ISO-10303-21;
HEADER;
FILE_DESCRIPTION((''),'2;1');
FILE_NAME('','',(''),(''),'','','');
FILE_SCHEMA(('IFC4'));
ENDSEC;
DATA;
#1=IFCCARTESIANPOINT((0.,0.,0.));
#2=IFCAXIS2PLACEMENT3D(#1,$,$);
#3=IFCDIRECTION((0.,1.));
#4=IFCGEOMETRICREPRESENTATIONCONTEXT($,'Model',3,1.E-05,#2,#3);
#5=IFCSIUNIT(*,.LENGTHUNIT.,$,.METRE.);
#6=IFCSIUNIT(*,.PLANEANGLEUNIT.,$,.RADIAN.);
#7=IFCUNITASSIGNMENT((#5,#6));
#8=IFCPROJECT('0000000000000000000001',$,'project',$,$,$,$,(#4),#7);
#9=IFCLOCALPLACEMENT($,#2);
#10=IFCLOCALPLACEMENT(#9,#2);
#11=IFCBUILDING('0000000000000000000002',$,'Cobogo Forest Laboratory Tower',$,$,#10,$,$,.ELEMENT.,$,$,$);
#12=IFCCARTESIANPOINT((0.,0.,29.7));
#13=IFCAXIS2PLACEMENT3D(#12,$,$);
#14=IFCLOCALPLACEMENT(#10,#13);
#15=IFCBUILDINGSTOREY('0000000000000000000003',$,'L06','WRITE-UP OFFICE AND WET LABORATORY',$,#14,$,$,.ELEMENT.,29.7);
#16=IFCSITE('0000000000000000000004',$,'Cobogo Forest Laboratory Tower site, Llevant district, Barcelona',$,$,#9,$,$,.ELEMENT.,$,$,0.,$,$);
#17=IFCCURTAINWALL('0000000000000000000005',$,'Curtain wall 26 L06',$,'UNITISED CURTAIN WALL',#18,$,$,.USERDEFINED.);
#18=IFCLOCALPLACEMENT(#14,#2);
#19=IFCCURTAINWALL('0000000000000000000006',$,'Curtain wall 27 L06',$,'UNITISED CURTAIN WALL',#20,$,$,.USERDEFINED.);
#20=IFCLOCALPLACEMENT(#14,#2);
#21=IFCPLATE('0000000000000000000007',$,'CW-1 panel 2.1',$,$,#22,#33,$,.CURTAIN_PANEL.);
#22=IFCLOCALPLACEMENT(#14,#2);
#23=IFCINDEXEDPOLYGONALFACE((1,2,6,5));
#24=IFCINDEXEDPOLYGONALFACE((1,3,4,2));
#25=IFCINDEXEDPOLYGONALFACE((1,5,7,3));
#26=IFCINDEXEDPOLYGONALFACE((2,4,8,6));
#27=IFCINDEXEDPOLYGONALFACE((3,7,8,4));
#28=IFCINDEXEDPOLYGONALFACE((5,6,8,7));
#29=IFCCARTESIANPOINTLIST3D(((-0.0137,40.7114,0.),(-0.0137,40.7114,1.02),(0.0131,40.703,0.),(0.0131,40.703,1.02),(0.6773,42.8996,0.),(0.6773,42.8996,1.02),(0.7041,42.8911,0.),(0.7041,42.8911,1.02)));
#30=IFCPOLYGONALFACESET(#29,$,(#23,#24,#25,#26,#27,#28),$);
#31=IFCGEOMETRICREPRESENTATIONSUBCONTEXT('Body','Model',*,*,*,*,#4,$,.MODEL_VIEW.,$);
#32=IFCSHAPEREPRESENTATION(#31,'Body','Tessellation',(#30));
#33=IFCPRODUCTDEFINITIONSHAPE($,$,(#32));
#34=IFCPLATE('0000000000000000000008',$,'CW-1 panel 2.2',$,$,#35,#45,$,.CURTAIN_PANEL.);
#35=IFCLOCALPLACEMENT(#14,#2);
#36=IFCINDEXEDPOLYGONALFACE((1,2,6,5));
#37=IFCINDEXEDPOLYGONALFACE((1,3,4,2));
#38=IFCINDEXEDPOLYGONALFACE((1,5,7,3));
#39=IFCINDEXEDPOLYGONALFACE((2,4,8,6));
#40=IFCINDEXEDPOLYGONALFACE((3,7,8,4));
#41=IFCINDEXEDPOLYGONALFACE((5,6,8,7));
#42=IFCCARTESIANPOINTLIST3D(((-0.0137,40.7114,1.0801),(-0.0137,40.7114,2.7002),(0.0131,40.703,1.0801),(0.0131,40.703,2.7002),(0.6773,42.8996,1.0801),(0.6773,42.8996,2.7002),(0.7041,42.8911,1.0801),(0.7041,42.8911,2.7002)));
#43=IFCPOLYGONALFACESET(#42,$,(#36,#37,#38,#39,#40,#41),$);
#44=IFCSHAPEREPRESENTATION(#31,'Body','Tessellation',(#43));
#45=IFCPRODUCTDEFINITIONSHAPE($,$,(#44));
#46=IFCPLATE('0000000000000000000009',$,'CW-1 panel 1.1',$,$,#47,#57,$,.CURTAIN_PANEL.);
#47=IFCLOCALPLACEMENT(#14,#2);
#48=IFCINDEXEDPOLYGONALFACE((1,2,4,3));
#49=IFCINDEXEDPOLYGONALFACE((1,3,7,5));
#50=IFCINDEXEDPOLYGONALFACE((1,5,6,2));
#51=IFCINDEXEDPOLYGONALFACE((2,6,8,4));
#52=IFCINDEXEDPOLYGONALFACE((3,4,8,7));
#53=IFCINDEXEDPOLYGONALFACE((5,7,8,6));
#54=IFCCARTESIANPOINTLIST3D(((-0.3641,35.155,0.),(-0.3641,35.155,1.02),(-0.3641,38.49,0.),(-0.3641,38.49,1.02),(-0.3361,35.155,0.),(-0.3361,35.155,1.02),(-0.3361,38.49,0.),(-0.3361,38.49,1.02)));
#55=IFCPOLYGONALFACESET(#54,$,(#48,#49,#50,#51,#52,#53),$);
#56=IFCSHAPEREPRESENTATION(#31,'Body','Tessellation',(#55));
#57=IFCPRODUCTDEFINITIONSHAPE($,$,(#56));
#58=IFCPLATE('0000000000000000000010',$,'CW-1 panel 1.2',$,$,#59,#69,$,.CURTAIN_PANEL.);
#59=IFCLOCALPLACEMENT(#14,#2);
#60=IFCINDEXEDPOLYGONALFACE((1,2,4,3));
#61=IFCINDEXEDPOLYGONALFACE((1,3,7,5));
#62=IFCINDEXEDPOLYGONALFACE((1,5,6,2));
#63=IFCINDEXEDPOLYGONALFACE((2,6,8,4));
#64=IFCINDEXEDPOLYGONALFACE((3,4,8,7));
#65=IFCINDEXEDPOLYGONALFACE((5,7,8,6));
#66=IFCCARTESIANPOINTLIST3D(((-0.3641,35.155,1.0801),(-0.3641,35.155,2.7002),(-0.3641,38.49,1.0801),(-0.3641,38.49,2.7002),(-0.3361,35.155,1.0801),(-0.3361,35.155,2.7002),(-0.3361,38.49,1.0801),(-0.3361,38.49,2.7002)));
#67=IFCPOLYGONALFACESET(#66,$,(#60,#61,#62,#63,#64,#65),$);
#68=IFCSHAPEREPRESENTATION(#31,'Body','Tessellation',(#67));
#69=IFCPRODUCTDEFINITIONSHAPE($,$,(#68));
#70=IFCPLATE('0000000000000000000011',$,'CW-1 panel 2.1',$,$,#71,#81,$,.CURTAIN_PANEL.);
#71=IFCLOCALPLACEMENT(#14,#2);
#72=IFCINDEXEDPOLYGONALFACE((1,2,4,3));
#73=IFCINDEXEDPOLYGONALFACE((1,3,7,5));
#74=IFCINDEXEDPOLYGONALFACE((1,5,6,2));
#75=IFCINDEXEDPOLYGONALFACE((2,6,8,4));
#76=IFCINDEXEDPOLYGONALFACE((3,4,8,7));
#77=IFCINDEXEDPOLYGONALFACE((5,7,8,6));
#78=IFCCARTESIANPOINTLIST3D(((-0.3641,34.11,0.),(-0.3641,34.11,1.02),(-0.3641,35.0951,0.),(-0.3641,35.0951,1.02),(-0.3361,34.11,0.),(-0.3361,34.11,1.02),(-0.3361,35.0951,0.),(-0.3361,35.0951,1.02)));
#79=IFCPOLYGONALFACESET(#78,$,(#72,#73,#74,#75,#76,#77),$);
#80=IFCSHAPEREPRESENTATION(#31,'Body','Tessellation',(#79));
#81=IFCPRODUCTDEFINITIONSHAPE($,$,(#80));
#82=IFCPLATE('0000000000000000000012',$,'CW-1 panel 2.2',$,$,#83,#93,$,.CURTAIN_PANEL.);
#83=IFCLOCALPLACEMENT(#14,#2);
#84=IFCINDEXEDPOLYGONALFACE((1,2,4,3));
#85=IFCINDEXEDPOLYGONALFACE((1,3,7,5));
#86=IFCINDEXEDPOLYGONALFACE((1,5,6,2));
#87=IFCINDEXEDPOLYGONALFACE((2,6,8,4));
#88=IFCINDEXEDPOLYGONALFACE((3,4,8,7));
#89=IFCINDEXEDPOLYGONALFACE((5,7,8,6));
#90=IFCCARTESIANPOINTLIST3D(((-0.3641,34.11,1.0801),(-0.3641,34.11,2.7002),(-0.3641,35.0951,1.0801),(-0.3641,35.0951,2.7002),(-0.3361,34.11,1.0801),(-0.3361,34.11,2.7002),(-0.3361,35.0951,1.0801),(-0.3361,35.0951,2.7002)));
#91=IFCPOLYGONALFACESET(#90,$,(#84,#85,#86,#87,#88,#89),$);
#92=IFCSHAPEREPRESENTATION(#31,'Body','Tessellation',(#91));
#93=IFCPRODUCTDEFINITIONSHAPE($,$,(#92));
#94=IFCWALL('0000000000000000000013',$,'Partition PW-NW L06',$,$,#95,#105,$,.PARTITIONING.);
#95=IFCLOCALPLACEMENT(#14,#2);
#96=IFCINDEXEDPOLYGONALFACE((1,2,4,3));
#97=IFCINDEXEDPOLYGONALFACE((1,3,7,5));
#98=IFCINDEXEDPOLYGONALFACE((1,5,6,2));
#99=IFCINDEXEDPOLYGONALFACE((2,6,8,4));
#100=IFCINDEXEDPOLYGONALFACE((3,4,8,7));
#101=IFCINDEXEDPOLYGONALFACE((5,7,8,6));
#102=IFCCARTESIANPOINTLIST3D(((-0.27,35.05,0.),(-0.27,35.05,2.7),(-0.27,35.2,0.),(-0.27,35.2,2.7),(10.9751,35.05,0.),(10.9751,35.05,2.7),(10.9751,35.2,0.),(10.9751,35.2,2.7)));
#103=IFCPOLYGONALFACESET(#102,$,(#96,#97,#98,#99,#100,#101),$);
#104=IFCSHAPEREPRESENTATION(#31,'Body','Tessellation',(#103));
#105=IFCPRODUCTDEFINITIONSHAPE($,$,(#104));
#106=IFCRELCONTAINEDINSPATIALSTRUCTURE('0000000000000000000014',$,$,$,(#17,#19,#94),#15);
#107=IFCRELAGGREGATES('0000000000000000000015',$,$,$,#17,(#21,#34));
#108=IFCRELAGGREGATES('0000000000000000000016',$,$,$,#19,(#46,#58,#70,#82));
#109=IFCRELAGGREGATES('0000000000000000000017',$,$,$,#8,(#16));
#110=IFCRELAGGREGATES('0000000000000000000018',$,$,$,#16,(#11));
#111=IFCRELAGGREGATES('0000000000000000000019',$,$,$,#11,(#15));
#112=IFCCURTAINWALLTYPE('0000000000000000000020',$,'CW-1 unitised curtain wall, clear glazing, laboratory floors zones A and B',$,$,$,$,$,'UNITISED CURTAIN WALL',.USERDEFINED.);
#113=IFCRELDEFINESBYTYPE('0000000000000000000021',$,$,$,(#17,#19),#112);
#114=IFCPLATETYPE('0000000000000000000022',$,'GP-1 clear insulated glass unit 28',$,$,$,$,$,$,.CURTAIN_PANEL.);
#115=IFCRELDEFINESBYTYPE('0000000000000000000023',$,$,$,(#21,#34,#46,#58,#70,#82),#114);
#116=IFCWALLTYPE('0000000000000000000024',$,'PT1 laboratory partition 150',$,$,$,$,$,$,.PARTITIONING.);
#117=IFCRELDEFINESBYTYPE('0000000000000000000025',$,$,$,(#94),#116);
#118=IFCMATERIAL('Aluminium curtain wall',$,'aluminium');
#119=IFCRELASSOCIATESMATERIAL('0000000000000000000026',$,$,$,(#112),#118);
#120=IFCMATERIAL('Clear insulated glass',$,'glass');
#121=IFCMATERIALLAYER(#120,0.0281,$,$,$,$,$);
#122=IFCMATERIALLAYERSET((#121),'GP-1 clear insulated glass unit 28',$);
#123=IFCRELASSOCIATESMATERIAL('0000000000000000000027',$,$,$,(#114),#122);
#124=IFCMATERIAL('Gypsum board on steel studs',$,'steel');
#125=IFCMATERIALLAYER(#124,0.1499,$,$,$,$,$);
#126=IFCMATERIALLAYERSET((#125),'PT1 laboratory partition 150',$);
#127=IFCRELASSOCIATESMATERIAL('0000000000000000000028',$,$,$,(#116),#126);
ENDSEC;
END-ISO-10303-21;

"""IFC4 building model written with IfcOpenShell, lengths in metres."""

from ifc_helpers import new_model, si_unit, direction, frame, frame_2d, origin, origin_2d, place, context, subcontext, project, spatial, rectangle, extrude, material, layer, layer_set, type_object, element, aggregate, save


model = new_model("IFC4")

# Units and contexts
model_context = context("Model", 3, precision=1e-05, world=origin(), true_north=direction((0.0, 1.0)))
body_context = subcontext(model_context, "Body", "Model", "MODEL_VIEW")
ifc_project = project(units=[si_unit("LENGTHUNIT", "METRE"), si_unit("PLANEANGLEUNIT", "RADIAN")], contexts=[model_context])

# Site, building, storey
site_placement = place(None, origin())
site = spatial("IfcSite", under=ifc_project, at=site_placement, Name="Cobogo Forest Laboratory Tower site, Llevant district, Barcelona", CompositionType="ELEMENT", RefElevation=0.0)
building_placement = place(site_placement, origin())
building = spatial("IfcBuilding", under=site, at=building_placement, Name="Cobogo Forest Laboratory Tower", CompositionType="ELEMENT")
storey_placement = place(building_placement, frame((0.0, 0.0, 29.7)))
storey = spatial("IfcBuildingStorey", under=building, at=storey_placement, Name="L06", Description="WRITE-UP OFFICE AND WET LABORATORY", CompositionType="ELEMENT", Elevation=29.7)

# Shared definitions
ifc_material_1 = material(Name="Aluminium curtain wall", Category="aluminium")
curtain_wall_type = type_object("IfcCurtainWallType", Name="CW-1 unitised curtain wall, clear glazing, laboratory floors zones A and B", ElementType="UNITISED CURTAIN WALL", PredefinedType="USERDEFINED", material=ifc_material_1)

# Curtain walls
curtain_wall_1_placement = place(storey_placement, origin())
curtain_wall_1 = element("IfcCurtainWall", 1, at=curtain_wall_1_placement, inside=storey, type_object=curtain_wall_type, Name="Curtain wall 26 L06", ObjectType="UNITISED CURTAIN WALL", PredefinedType="USERDEFINED")
curtain_wall_2_placement = place(storey_placement, origin())
curtain_wall_2 = element("IfcCurtainWall", 2, at=curtain_wall_2_placement, inside=storey, type_object=curtain_wall_type, Name="Curtain wall 27 L06", ObjectType="UNITISED CURTAIN WALL", PredefinedType="USERDEFINED")

# Plates
ifc_material_2 = material(Name="Clear insulated glass", Category="glass")
ifc_layer_1 = layer(ifc_material_2, 0.0281)
ifc_layer_set_1 = layer_set([ifc_layer_1], Name="GP-1 clear insulated glass unit 28")
plate_type_1 = type_object("IfcPlateType", Name="GP-1 clear insulated glass unit 28", PredefinedType="CURTAIN_PANEL", material=ifc_layer_set_1)
plate_1_placement = place(storey_placement, frame((0.3452, 41.8013, 0.0), z_axis=(0.0, 0.0, 1.0), x_axis=(-0.301135, -0.953581, 0.0)))
plate_1 = element("IfcPlate", 3, at=plate_1_placement, type_object=plate_type_1, Name="CW-1 panel 2.1", PredefinedType="CURTAIN_PANEL", context=body_context, shape_type="SweptSolid", body=[
    extrude(rectangle(XDim=2.2947, YDim=0.0281, at=origin_2d()), origin(), (0.0, 0.0, 1.0), 1.02),
])
plate_2_placement = place(storey_placement, frame((0.3452, 41.8013, 1.0801), z_axis=(0.0, 0.0, 1.0), x_axis=(-0.301135, -0.953581, 0.0)))
plate_2 = element("IfcPlate", 4, at=plate_2_placement, type_object=plate_type_1, Name="CW-1 panel 2.2", PredefinedType="CURTAIN_PANEL", context=body_context, shape_type="SweptSolid", body=[
    extrude(rectangle(XDim=2.2947, YDim=0.0281, at=origin_2d()), origin(), (0.0, 0.0, 1.0), 1.6201),
])
aggregate(curtain_wall_1, [plate_1, plate_2])
plate_3_placement = place(storey_placement, frame((-0.3501, 36.8225, 0.0), z_axis=(0.0, 0.0, 1.0), x_axis=(0.0, -1.0, 0.0)))
plate_3 = element("IfcPlate", 5, at=plate_3_placement, type_object=plate_type_1, Name="CW-1 panel 1.1", PredefinedType="CURTAIN_PANEL", context=body_context, shape_type="SweptSolid", body=[
    extrude(rectangle(XDim=3.335, YDim=0.0281, at=origin_2d()), origin(), (0.0, 0.0, 1.0), 1.02),
])
plate_4_placement = place(storey_placement, frame((-0.3501, 36.8225, 1.0801), z_axis=(0.0, 0.0, 1.0), x_axis=(0.0, -1.0, 0.0)))
plate_4 = element("IfcPlate", 6, at=plate_4_placement, type_object=plate_type_1, Name="CW-1 panel 1.2", PredefinedType="CURTAIN_PANEL", context=body_context, shape_type="SweptSolid", body=[
    extrude(rectangle(XDim=3.335, YDim=0.0281, at=origin_2d()), origin(), (0.0, 0.0, 1.0), 1.6201),
])
plate_5_placement = place(storey_placement, frame((-0.3501, 34.6025, 0.0), z_axis=(0.0, 0.0, 1.0), x_axis=(0.0, -1.0, 0.0)))
plate_5 = element("IfcPlate", 7, at=plate_5_placement, type_object=plate_type_1, Name="CW-1 panel 2.1", PredefinedType="CURTAIN_PANEL", context=body_context, shape_type="SweptSolid", body=[
    extrude(rectangle(XDim=0.9851, YDim=0.0281, at=origin_2d()), origin(), (0.0, 0.0, 1.0), 1.02),
])
plate_6_placement = place(storey_placement, frame((-0.3501, 34.6025, 1.0801), z_axis=(0.0, 0.0, 1.0), x_axis=(0.0, -1.0, 0.0)))
plate_6 = element("IfcPlate", 8, at=plate_6_placement, type_object=plate_type_1, Name="CW-1 panel 2.2", PredefinedType="CURTAIN_PANEL", context=body_context, shape_type="SweptSolid", body=[
    extrude(rectangle(XDim=0.9851, YDim=0.0281, at=origin_2d()), origin(), (0.0, 0.0, 1.0), 1.6201),
])
aggregate(curtain_wall_2, [plate_3, plate_4, plate_5, plate_6])

# Wall
ifc_material_3 = material(Name="Gypsum board on steel studs", Category="steel")
ifc_layer_2 = layer(ifc_material_3, 0.1499)
ifc_layer_set_2 = layer_set([ifc_layer_2], Name="PT1 laboratory partition 150")
wall_type = type_object("IfcWallType", Name="PT1 laboratory partition 150", PredefinedType="PARTITIONING", material=ifc_layer_set_2)
wall_placement = place(storey_placement, frame((-0.27, 35.125, 0.0), z_axis=(0.0, 0.0, 1.0), x_axis=(1.0, 0.0, 0.0)))
element("IfcWall", 9, at=wall_placement, inside=storey, type_object=wall_type, Name="Partition PW-NW L06", PredefinedType="PARTITIONING", context=body_context, shape_type="SweptSolid", body=[
    extrude(rectangle(XDim=11.2451, YDim=0.1499, at=frame_2d((5.6226, 0.0))), origin(), (0.0, 0.0, 1.0), 2.7),
])

save(model, "model.ifc")
